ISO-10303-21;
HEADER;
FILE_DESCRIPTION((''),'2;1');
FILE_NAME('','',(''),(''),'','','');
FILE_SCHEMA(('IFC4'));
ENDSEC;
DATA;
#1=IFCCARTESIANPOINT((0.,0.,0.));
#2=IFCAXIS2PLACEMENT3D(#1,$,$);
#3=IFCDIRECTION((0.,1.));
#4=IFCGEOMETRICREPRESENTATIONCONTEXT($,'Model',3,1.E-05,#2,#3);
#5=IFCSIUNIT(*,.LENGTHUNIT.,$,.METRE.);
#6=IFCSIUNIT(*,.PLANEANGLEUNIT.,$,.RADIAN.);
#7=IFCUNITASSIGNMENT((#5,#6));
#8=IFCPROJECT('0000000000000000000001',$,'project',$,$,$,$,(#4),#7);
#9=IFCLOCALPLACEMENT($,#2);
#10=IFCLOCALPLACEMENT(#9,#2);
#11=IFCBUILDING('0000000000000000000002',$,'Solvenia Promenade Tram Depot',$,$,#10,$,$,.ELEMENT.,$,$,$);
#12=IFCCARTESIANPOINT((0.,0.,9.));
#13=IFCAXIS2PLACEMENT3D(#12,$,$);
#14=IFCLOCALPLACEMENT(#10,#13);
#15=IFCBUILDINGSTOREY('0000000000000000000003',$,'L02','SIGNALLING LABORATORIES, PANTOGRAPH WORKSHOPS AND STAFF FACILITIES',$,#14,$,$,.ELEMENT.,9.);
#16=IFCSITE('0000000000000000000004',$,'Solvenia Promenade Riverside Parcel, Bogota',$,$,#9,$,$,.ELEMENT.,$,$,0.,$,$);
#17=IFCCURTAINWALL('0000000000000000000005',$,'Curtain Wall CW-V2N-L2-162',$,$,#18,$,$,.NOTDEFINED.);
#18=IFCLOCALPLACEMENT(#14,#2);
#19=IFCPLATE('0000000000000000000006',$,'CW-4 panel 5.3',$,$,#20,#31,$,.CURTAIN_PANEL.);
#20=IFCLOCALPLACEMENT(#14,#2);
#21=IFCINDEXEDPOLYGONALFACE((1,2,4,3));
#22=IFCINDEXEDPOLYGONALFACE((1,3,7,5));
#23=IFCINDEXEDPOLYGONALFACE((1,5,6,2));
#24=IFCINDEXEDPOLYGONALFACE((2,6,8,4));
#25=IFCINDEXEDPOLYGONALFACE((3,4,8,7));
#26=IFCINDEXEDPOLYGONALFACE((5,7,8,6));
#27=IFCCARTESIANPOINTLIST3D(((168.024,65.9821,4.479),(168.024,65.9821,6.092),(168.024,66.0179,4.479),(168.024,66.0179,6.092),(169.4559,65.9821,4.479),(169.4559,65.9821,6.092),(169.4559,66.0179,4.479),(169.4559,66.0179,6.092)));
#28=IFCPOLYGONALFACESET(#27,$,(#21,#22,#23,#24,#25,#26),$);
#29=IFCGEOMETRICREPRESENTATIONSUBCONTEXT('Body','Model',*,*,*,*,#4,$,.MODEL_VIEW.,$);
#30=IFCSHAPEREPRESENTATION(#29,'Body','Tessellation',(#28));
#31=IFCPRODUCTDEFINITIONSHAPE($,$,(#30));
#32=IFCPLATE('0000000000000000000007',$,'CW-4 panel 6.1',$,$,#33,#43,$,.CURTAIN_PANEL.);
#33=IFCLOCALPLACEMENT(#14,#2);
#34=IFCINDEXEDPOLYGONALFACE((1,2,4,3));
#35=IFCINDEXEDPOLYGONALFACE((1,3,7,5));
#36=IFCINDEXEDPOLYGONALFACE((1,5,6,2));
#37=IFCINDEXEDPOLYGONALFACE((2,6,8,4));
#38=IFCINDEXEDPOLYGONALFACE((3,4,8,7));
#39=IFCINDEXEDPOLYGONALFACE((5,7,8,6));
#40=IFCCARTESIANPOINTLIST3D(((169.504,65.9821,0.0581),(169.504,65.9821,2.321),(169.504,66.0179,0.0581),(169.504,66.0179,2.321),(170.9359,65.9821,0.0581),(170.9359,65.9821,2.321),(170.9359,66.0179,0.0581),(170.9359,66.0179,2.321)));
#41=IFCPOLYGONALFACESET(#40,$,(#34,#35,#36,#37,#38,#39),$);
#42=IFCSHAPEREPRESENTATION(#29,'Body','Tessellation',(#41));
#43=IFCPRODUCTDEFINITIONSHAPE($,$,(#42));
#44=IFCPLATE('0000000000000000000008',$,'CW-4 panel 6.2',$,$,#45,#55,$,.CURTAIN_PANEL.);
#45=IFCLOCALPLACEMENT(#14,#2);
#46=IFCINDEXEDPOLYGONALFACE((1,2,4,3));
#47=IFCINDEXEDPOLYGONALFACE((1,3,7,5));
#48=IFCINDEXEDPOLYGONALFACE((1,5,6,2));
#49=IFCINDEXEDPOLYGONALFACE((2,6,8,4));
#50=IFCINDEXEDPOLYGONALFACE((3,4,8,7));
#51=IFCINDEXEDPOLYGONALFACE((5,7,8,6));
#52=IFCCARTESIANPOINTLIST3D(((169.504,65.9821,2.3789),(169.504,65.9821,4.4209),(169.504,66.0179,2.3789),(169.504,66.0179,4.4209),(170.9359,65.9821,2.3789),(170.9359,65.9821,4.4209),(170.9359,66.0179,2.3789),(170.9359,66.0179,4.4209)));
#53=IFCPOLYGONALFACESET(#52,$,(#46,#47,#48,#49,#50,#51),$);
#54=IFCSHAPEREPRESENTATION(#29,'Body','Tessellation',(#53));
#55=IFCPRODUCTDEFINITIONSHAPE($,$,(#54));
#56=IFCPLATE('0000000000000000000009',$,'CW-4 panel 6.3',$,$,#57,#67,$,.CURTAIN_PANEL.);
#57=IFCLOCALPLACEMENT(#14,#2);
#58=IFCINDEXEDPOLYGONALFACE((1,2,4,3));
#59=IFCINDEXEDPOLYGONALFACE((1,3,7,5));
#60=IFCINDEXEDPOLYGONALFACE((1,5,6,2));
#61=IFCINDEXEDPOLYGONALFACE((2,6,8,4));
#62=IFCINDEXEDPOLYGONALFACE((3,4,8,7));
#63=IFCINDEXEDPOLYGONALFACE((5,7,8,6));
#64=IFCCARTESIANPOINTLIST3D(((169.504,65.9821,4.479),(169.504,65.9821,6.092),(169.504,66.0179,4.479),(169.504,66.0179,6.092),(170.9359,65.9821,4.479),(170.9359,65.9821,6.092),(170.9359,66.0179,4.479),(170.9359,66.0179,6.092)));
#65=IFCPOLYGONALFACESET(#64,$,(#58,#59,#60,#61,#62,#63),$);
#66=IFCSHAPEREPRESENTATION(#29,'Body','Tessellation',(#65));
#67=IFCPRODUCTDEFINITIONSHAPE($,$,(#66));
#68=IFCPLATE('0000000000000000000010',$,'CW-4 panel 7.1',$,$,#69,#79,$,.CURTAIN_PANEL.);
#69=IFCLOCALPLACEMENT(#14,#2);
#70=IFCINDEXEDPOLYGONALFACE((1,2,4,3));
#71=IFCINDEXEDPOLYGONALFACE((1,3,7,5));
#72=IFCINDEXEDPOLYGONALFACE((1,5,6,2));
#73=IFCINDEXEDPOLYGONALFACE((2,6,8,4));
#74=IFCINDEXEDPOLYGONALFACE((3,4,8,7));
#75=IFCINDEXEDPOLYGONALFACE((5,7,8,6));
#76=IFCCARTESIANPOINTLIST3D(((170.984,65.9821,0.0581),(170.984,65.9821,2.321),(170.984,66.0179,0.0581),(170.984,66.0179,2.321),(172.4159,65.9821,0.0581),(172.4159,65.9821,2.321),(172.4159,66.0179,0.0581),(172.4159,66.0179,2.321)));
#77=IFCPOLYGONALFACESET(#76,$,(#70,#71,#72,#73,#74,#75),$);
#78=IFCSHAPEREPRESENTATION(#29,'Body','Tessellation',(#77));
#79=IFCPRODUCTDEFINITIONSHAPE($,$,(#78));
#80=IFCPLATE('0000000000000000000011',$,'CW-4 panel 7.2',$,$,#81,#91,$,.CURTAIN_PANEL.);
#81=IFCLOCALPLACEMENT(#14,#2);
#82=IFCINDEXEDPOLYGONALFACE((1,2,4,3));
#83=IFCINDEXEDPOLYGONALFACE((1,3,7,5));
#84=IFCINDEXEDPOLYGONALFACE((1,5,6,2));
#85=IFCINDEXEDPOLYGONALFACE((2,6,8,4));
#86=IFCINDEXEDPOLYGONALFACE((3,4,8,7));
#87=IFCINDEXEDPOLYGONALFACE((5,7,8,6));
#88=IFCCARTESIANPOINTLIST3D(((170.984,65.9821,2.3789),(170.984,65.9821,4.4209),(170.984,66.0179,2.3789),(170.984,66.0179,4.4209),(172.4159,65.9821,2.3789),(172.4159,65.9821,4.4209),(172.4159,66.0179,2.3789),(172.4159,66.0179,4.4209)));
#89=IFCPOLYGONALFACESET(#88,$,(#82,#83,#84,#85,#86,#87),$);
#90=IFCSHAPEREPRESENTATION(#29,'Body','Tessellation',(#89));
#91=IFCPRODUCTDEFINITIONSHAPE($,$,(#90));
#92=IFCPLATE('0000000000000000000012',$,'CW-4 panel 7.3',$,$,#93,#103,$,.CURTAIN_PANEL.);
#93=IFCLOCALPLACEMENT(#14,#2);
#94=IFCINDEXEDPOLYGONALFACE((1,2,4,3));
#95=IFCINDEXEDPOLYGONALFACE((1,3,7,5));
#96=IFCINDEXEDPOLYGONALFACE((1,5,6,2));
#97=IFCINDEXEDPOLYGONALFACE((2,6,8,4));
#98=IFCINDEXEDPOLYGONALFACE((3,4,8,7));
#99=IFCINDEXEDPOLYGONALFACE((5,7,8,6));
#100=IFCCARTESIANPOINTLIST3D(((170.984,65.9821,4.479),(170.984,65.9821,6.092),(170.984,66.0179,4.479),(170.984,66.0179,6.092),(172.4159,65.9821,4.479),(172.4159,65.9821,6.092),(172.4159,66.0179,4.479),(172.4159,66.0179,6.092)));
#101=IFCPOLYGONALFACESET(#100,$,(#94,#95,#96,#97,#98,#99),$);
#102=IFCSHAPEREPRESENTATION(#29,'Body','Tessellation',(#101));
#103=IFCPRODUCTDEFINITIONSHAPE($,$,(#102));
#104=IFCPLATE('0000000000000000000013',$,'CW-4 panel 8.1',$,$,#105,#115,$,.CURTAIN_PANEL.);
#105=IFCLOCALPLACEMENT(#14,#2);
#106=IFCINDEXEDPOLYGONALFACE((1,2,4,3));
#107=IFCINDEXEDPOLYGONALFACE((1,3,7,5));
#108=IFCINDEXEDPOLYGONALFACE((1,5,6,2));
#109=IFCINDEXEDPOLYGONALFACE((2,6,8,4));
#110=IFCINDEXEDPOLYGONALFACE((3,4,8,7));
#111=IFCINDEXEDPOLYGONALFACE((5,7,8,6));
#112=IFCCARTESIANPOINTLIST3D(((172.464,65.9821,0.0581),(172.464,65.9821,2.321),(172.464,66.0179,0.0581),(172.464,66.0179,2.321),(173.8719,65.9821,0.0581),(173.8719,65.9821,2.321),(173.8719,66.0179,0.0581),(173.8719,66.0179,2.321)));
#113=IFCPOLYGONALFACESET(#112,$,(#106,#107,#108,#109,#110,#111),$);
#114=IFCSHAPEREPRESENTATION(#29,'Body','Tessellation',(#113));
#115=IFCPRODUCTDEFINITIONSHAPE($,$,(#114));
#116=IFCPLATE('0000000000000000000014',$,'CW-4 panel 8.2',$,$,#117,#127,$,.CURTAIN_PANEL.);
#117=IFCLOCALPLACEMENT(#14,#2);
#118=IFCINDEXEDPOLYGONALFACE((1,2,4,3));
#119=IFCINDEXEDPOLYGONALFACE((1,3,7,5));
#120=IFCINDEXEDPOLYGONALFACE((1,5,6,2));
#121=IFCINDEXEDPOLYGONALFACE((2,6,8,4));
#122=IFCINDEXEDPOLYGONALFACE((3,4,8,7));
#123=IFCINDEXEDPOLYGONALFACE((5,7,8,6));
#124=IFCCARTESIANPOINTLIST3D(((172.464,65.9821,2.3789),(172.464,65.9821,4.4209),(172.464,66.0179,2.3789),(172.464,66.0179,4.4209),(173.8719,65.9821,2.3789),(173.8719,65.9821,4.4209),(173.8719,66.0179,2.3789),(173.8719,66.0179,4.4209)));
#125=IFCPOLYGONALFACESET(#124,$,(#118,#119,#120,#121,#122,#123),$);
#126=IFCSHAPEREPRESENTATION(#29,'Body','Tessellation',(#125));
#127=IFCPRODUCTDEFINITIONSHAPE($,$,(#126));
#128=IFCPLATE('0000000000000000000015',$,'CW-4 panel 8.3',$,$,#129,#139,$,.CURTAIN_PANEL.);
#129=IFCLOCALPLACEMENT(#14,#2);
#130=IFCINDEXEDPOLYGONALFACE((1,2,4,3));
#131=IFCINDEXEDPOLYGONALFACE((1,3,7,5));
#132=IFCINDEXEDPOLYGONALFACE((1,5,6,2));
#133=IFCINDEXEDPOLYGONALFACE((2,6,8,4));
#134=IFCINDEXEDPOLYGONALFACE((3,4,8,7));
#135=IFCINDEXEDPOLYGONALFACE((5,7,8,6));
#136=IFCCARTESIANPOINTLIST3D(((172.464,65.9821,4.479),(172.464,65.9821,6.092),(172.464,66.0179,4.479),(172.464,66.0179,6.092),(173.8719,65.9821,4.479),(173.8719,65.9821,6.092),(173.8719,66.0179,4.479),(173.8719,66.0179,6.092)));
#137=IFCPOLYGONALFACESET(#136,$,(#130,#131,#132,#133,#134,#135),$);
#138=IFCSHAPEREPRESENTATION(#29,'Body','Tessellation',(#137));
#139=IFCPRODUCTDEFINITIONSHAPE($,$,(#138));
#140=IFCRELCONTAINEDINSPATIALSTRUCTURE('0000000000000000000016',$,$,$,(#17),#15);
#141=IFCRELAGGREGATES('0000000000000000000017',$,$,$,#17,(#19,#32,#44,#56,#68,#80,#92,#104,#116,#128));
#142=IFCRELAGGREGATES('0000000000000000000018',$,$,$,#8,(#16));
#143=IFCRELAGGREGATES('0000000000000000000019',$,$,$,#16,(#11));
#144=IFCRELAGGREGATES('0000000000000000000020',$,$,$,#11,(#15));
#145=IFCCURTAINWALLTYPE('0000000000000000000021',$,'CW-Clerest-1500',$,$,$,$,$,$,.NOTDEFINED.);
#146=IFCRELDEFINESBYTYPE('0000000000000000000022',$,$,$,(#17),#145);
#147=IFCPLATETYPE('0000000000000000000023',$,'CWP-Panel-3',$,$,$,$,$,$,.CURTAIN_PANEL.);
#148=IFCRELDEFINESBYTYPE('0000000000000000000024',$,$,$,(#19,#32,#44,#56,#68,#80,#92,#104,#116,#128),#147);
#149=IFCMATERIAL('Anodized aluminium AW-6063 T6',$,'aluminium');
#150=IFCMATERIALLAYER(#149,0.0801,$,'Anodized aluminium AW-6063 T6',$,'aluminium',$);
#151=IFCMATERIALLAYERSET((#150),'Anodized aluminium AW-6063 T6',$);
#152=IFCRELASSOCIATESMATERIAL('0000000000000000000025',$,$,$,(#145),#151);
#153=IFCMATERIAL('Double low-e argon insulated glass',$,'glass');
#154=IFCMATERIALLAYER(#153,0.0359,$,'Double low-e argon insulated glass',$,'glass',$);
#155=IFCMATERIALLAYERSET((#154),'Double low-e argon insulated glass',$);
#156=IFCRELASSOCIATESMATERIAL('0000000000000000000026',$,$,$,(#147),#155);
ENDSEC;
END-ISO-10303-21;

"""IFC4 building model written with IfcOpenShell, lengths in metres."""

from ifc_helpers import new_model, si_unit, direction, frame, origin, origin_2d, place, context, subcontext, project, spatial, rectangle, extrude, material, layer, layer_set, type_object, element, aggregate, save


model = new_model("IFC4")

# Units and contexts
model_context = context("Model", 3, precision=1e-05, world=origin(), true_north=direction((0.0, 1.0)))
body_context = subcontext(model_context, "Body", "Model", "MODEL_VIEW")
ifc_project = project(units=[si_unit("LENGTHUNIT", "METRE"), si_unit("PLANEANGLEUNIT", "RADIAN")], contexts=[model_context])

# Site, building, storey
site_placement = place(None, origin())
site = spatial("IfcSite", under=ifc_project, at=site_placement, Name="Solvenia Promenade Riverside Parcel, Bogota", CompositionType="ELEMENT", RefElevation=0.0)
building_placement = place(site_placement, origin())
building = spatial("IfcBuilding", under=site, at=building_placement, Name="Solvenia Promenade Tram Depot", CompositionType="ELEMENT")
storey_placement = place(building_placement, frame((0.0, 0.0, 9.0)))
storey = spatial("IfcBuildingStorey", under=building, at=storey_placement, Name="L02", Description="SIGNALLING LABORATORIES, PANTOGRAPH WORKSHOPS AND STAFF FACILITIES", CompositionType="ELEMENT", Elevation=9.0)

# Curtain wall, plates
ifc_material_1 = material(Name="Anodized aluminium AW-6063 T6", Category="aluminium")
ifc_layer_1 = layer(ifc_material_1, 0.0801, Name="Anodized aluminium AW-6063 T6", Category="aluminium")
ifc_layer_set_1 = layer_set([ifc_layer_1], Name="Anodized aluminium AW-6063 T6")
curtain_wall_type = type_object("IfcCurtainWallType", Name="CW-Clerest-1500", PredefinedType="NOTDEFINED", material=ifc_layer_set_1)
curtain_wall_placement = place(storey_placement, origin())
curtain_wall = element("IfcCurtainWall", 1, at=curtain_wall_placement, inside=storey, type_object=curtain_wall_type, Name="Curtain Wall CW-V2N-L2-162", PredefinedType="NOTDEFINED")
ifc_material_2 = material(Name="Double low-e argon insulated glass", Category="glass")
ifc_layer_2 = layer(ifc_material_2, 0.0359, Name="Double low-e argon insulated glass", Category="glass")
ifc_layer_set_2 = layer_set([ifc_layer_2], Name="Double low-e argon insulated glass")
plate_type = type_object("IfcPlateType", Name="CWP-Panel-3", PredefinedType="CURTAIN_PANEL", material=ifc_layer_set_2)
plate_1_placement = place(storey_placement, frame((168.74, 66.0, 4.479), z_axis=(0.0, 0.0, 1.0), x_axis=(1.0, 0.0, 0.0)))
plate_1 = element("IfcPlate", 2, at=plate_1_placement, type_object=plate_type, Name="CW-4 panel 5.3", PredefinedType="CURTAIN_PANEL", context=body_context, shape_type="SweptSolid", body=[
    extrude(rectangle(XDim=1.4319, YDim=0.0359, at=origin_2d()), origin(), (0.0, 0.0, 1.0), 1.613),
])
plate_2_placement = place(storey_placement, frame((170.22, 66.0, 0.0581), z_axis=(0.0, 0.0, 1.0), x_axis=(1.0, 0.0, 0.0)))
plate_2 = element("IfcPlate", 3, at=plate_2_placement, type_object=plate_type, Name="CW-4 panel 6.1", PredefinedType="CURTAIN_PANEL", context=body_context, shape_type="SweptSolid", body=[
    extrude(rectangle(XDim=1.4319, YDim=0.0359, at=origin_2d()), origin(), (0.0, 0.0, 1.0), 2.2629),
])
plate_3_placement = place(storey_placement, frame((170.22, 66.0, 2.3789), z_axis=(0.0, 0.0, 1.0), x_axis=(1.0, 0.0, 0.0)))
plate_3 = element("IfcPlate", 4, at=plate_3_placement, type_object=plate_type, Name="CW-4 panel 6.2", PredefinedType="CURTAIN_PANEL", context=body_context, shape_type="SweptSolid", body=[
    extrude(rectangle(XDim=1.4319, YDim=0.0359, at=origin_2d()), origin(), (0.0, 0.0, 1.0), 2.042),
])
plate_4_placement = place(storey_placement, frame((170.22, 66.0, 4.479), z_axis=(0.0, 0.0, 1.0), x_axis=(1.0, 0.0, 0.0)))
plate_4 = element("IfcPlate", 5, at=plate_4_placement, type_object=plate_type, Name="CW-4 panel 6.3", PredefinedType="CURTAIN_PANEL", context=body_context, shape_type="SweptSolid", body=[
    extrude(rectangle(XDim=1.4319, YDim=0.0359, at=origin_2d()), origin(), (0.0, 0.0, 1.0), 1.613),
])
plate_5_placement = place(storey_placement, frame((171.7, 66.0, 0.0581), z_axis=(0.0, 0.0, 1.0), x_axis=(1.0, 0.0, 0.0)))
plate_5 = element("IfcPlate", 6, at=plate_5_placement, type_object=plate_type, Name="CW-4 panel 7.1", PredefinedType="CURTAIN_PANEL", context=body_context, shape_type="SweptSolid", body=[
    extrude(rectangle(XDim=1.4319, YDim=0.0359, at=origin_2d()), origin(), (0.0, 0.0, 1.0), 2.2629),
])
plate_6_placement = place(storey_placement, frame((171.7, 66.0, 2.3789), z_axis=(0.0, 0.0, 1.0), x_axis=(1.0, 0.0, 0.0)))
plate_6 = element("IfcPlate", 7, at=plate_6_placement, type_object=plate_type, Name="CW-4 panel 7.2", PredefinedType="CURTAIN_PANEL", context=body_context, shape_type="SweptSolid", body=[
    extrude(rectangle(XDim=1.4319, YDim=0.0359, at=origin_2d()), origin(), (0.0, 0.0, 1.0), 2.042),
])
plate_7_placement = place(storey_placement, frame((171.7, 66.0, 4.479), z_axis=(0.0, 0.0, 1.0), x_axis=(1.0, 0.0, 0.0)))
plate_7 = element("IfcPlate", 8, at=plate_7_placement, type_object=plate_type, Name="CW-4 panel 7.3", PredefinedType="CURTAIN_PANEL", context=body_context, shape_type="SweptSolid", body=[
    extrude(rectangle(XDim=1.4319, YDim=0.0359, at=origin_2d()), origin(), (0.0, 0.0, 1.0), 1.613),
])
plate_8_placement = place(storey_placement, frame((173.168, 66.0, 0.0581), z_axis=(0.0, 0.0, 1.0), x_axis=(1.0, 0.0, 0.0)))
plate_8 = element("IfcPlate", 9, at=plate_8_placement, type_object=plate_type, Name="CW-4 panel 8.1", PredefinedType="CURTAIN_PANEL", context=body_context, shape_type="SweptSolid", body=[
    extrude(rectangle(XDim=1.408, YDim=0.0359, at=origin_2d()), origin(), (0.0, 0.0, 1.0), 2.2629),
])
plate_9_placement = place(storey_placement, frame((173.168, 66.0, 2.3789), z_axis=(0.0, 0.0, 1.0), x_axis=(1.0, 0.0, 0.0)))
plate_9 = element("IfcPlate", 10, at=plate_9_placement, type_object=plate_type, Name="CW-4 panel 8.2", PredefinedType="CURTAIN_PANEL", context=body_context, shape_type="SweptSolid", body=[
    extrude(rectangle(XDim=1.408, YDim=0.0359, at=origin_2d()), origin(), (0.0, 0.0, 1.0), 2.042),
])
plate_10_placement = place(storey_placement, frame((173.168, 66.0, 4.479), z_axis=(0.0, 0.0, 1.0), x_axis=(1.0, 0.0, 0.0)))
plate_10 = element("IfcPlate", 11, at=plate_10_placement, type_object=plate_type, Name="CW-4 panel 8.3", PredefinedType="CURTAIN_PANEL", context=body_context, shape_type="SweptSolid", body=[
    extrude(rectangle(XDim=1.408, YDim=0.0359, at=origin_2d()), origin(), (0.0, 0.0, 1.0), 1.613),
])
aggregate(curtain_wall, [plate_1, plate_2, plate_3, plate_4, plate_5, plate_6, plate_7, plate_8, plate_9, plate_10])

save(model, "model.ifc")
